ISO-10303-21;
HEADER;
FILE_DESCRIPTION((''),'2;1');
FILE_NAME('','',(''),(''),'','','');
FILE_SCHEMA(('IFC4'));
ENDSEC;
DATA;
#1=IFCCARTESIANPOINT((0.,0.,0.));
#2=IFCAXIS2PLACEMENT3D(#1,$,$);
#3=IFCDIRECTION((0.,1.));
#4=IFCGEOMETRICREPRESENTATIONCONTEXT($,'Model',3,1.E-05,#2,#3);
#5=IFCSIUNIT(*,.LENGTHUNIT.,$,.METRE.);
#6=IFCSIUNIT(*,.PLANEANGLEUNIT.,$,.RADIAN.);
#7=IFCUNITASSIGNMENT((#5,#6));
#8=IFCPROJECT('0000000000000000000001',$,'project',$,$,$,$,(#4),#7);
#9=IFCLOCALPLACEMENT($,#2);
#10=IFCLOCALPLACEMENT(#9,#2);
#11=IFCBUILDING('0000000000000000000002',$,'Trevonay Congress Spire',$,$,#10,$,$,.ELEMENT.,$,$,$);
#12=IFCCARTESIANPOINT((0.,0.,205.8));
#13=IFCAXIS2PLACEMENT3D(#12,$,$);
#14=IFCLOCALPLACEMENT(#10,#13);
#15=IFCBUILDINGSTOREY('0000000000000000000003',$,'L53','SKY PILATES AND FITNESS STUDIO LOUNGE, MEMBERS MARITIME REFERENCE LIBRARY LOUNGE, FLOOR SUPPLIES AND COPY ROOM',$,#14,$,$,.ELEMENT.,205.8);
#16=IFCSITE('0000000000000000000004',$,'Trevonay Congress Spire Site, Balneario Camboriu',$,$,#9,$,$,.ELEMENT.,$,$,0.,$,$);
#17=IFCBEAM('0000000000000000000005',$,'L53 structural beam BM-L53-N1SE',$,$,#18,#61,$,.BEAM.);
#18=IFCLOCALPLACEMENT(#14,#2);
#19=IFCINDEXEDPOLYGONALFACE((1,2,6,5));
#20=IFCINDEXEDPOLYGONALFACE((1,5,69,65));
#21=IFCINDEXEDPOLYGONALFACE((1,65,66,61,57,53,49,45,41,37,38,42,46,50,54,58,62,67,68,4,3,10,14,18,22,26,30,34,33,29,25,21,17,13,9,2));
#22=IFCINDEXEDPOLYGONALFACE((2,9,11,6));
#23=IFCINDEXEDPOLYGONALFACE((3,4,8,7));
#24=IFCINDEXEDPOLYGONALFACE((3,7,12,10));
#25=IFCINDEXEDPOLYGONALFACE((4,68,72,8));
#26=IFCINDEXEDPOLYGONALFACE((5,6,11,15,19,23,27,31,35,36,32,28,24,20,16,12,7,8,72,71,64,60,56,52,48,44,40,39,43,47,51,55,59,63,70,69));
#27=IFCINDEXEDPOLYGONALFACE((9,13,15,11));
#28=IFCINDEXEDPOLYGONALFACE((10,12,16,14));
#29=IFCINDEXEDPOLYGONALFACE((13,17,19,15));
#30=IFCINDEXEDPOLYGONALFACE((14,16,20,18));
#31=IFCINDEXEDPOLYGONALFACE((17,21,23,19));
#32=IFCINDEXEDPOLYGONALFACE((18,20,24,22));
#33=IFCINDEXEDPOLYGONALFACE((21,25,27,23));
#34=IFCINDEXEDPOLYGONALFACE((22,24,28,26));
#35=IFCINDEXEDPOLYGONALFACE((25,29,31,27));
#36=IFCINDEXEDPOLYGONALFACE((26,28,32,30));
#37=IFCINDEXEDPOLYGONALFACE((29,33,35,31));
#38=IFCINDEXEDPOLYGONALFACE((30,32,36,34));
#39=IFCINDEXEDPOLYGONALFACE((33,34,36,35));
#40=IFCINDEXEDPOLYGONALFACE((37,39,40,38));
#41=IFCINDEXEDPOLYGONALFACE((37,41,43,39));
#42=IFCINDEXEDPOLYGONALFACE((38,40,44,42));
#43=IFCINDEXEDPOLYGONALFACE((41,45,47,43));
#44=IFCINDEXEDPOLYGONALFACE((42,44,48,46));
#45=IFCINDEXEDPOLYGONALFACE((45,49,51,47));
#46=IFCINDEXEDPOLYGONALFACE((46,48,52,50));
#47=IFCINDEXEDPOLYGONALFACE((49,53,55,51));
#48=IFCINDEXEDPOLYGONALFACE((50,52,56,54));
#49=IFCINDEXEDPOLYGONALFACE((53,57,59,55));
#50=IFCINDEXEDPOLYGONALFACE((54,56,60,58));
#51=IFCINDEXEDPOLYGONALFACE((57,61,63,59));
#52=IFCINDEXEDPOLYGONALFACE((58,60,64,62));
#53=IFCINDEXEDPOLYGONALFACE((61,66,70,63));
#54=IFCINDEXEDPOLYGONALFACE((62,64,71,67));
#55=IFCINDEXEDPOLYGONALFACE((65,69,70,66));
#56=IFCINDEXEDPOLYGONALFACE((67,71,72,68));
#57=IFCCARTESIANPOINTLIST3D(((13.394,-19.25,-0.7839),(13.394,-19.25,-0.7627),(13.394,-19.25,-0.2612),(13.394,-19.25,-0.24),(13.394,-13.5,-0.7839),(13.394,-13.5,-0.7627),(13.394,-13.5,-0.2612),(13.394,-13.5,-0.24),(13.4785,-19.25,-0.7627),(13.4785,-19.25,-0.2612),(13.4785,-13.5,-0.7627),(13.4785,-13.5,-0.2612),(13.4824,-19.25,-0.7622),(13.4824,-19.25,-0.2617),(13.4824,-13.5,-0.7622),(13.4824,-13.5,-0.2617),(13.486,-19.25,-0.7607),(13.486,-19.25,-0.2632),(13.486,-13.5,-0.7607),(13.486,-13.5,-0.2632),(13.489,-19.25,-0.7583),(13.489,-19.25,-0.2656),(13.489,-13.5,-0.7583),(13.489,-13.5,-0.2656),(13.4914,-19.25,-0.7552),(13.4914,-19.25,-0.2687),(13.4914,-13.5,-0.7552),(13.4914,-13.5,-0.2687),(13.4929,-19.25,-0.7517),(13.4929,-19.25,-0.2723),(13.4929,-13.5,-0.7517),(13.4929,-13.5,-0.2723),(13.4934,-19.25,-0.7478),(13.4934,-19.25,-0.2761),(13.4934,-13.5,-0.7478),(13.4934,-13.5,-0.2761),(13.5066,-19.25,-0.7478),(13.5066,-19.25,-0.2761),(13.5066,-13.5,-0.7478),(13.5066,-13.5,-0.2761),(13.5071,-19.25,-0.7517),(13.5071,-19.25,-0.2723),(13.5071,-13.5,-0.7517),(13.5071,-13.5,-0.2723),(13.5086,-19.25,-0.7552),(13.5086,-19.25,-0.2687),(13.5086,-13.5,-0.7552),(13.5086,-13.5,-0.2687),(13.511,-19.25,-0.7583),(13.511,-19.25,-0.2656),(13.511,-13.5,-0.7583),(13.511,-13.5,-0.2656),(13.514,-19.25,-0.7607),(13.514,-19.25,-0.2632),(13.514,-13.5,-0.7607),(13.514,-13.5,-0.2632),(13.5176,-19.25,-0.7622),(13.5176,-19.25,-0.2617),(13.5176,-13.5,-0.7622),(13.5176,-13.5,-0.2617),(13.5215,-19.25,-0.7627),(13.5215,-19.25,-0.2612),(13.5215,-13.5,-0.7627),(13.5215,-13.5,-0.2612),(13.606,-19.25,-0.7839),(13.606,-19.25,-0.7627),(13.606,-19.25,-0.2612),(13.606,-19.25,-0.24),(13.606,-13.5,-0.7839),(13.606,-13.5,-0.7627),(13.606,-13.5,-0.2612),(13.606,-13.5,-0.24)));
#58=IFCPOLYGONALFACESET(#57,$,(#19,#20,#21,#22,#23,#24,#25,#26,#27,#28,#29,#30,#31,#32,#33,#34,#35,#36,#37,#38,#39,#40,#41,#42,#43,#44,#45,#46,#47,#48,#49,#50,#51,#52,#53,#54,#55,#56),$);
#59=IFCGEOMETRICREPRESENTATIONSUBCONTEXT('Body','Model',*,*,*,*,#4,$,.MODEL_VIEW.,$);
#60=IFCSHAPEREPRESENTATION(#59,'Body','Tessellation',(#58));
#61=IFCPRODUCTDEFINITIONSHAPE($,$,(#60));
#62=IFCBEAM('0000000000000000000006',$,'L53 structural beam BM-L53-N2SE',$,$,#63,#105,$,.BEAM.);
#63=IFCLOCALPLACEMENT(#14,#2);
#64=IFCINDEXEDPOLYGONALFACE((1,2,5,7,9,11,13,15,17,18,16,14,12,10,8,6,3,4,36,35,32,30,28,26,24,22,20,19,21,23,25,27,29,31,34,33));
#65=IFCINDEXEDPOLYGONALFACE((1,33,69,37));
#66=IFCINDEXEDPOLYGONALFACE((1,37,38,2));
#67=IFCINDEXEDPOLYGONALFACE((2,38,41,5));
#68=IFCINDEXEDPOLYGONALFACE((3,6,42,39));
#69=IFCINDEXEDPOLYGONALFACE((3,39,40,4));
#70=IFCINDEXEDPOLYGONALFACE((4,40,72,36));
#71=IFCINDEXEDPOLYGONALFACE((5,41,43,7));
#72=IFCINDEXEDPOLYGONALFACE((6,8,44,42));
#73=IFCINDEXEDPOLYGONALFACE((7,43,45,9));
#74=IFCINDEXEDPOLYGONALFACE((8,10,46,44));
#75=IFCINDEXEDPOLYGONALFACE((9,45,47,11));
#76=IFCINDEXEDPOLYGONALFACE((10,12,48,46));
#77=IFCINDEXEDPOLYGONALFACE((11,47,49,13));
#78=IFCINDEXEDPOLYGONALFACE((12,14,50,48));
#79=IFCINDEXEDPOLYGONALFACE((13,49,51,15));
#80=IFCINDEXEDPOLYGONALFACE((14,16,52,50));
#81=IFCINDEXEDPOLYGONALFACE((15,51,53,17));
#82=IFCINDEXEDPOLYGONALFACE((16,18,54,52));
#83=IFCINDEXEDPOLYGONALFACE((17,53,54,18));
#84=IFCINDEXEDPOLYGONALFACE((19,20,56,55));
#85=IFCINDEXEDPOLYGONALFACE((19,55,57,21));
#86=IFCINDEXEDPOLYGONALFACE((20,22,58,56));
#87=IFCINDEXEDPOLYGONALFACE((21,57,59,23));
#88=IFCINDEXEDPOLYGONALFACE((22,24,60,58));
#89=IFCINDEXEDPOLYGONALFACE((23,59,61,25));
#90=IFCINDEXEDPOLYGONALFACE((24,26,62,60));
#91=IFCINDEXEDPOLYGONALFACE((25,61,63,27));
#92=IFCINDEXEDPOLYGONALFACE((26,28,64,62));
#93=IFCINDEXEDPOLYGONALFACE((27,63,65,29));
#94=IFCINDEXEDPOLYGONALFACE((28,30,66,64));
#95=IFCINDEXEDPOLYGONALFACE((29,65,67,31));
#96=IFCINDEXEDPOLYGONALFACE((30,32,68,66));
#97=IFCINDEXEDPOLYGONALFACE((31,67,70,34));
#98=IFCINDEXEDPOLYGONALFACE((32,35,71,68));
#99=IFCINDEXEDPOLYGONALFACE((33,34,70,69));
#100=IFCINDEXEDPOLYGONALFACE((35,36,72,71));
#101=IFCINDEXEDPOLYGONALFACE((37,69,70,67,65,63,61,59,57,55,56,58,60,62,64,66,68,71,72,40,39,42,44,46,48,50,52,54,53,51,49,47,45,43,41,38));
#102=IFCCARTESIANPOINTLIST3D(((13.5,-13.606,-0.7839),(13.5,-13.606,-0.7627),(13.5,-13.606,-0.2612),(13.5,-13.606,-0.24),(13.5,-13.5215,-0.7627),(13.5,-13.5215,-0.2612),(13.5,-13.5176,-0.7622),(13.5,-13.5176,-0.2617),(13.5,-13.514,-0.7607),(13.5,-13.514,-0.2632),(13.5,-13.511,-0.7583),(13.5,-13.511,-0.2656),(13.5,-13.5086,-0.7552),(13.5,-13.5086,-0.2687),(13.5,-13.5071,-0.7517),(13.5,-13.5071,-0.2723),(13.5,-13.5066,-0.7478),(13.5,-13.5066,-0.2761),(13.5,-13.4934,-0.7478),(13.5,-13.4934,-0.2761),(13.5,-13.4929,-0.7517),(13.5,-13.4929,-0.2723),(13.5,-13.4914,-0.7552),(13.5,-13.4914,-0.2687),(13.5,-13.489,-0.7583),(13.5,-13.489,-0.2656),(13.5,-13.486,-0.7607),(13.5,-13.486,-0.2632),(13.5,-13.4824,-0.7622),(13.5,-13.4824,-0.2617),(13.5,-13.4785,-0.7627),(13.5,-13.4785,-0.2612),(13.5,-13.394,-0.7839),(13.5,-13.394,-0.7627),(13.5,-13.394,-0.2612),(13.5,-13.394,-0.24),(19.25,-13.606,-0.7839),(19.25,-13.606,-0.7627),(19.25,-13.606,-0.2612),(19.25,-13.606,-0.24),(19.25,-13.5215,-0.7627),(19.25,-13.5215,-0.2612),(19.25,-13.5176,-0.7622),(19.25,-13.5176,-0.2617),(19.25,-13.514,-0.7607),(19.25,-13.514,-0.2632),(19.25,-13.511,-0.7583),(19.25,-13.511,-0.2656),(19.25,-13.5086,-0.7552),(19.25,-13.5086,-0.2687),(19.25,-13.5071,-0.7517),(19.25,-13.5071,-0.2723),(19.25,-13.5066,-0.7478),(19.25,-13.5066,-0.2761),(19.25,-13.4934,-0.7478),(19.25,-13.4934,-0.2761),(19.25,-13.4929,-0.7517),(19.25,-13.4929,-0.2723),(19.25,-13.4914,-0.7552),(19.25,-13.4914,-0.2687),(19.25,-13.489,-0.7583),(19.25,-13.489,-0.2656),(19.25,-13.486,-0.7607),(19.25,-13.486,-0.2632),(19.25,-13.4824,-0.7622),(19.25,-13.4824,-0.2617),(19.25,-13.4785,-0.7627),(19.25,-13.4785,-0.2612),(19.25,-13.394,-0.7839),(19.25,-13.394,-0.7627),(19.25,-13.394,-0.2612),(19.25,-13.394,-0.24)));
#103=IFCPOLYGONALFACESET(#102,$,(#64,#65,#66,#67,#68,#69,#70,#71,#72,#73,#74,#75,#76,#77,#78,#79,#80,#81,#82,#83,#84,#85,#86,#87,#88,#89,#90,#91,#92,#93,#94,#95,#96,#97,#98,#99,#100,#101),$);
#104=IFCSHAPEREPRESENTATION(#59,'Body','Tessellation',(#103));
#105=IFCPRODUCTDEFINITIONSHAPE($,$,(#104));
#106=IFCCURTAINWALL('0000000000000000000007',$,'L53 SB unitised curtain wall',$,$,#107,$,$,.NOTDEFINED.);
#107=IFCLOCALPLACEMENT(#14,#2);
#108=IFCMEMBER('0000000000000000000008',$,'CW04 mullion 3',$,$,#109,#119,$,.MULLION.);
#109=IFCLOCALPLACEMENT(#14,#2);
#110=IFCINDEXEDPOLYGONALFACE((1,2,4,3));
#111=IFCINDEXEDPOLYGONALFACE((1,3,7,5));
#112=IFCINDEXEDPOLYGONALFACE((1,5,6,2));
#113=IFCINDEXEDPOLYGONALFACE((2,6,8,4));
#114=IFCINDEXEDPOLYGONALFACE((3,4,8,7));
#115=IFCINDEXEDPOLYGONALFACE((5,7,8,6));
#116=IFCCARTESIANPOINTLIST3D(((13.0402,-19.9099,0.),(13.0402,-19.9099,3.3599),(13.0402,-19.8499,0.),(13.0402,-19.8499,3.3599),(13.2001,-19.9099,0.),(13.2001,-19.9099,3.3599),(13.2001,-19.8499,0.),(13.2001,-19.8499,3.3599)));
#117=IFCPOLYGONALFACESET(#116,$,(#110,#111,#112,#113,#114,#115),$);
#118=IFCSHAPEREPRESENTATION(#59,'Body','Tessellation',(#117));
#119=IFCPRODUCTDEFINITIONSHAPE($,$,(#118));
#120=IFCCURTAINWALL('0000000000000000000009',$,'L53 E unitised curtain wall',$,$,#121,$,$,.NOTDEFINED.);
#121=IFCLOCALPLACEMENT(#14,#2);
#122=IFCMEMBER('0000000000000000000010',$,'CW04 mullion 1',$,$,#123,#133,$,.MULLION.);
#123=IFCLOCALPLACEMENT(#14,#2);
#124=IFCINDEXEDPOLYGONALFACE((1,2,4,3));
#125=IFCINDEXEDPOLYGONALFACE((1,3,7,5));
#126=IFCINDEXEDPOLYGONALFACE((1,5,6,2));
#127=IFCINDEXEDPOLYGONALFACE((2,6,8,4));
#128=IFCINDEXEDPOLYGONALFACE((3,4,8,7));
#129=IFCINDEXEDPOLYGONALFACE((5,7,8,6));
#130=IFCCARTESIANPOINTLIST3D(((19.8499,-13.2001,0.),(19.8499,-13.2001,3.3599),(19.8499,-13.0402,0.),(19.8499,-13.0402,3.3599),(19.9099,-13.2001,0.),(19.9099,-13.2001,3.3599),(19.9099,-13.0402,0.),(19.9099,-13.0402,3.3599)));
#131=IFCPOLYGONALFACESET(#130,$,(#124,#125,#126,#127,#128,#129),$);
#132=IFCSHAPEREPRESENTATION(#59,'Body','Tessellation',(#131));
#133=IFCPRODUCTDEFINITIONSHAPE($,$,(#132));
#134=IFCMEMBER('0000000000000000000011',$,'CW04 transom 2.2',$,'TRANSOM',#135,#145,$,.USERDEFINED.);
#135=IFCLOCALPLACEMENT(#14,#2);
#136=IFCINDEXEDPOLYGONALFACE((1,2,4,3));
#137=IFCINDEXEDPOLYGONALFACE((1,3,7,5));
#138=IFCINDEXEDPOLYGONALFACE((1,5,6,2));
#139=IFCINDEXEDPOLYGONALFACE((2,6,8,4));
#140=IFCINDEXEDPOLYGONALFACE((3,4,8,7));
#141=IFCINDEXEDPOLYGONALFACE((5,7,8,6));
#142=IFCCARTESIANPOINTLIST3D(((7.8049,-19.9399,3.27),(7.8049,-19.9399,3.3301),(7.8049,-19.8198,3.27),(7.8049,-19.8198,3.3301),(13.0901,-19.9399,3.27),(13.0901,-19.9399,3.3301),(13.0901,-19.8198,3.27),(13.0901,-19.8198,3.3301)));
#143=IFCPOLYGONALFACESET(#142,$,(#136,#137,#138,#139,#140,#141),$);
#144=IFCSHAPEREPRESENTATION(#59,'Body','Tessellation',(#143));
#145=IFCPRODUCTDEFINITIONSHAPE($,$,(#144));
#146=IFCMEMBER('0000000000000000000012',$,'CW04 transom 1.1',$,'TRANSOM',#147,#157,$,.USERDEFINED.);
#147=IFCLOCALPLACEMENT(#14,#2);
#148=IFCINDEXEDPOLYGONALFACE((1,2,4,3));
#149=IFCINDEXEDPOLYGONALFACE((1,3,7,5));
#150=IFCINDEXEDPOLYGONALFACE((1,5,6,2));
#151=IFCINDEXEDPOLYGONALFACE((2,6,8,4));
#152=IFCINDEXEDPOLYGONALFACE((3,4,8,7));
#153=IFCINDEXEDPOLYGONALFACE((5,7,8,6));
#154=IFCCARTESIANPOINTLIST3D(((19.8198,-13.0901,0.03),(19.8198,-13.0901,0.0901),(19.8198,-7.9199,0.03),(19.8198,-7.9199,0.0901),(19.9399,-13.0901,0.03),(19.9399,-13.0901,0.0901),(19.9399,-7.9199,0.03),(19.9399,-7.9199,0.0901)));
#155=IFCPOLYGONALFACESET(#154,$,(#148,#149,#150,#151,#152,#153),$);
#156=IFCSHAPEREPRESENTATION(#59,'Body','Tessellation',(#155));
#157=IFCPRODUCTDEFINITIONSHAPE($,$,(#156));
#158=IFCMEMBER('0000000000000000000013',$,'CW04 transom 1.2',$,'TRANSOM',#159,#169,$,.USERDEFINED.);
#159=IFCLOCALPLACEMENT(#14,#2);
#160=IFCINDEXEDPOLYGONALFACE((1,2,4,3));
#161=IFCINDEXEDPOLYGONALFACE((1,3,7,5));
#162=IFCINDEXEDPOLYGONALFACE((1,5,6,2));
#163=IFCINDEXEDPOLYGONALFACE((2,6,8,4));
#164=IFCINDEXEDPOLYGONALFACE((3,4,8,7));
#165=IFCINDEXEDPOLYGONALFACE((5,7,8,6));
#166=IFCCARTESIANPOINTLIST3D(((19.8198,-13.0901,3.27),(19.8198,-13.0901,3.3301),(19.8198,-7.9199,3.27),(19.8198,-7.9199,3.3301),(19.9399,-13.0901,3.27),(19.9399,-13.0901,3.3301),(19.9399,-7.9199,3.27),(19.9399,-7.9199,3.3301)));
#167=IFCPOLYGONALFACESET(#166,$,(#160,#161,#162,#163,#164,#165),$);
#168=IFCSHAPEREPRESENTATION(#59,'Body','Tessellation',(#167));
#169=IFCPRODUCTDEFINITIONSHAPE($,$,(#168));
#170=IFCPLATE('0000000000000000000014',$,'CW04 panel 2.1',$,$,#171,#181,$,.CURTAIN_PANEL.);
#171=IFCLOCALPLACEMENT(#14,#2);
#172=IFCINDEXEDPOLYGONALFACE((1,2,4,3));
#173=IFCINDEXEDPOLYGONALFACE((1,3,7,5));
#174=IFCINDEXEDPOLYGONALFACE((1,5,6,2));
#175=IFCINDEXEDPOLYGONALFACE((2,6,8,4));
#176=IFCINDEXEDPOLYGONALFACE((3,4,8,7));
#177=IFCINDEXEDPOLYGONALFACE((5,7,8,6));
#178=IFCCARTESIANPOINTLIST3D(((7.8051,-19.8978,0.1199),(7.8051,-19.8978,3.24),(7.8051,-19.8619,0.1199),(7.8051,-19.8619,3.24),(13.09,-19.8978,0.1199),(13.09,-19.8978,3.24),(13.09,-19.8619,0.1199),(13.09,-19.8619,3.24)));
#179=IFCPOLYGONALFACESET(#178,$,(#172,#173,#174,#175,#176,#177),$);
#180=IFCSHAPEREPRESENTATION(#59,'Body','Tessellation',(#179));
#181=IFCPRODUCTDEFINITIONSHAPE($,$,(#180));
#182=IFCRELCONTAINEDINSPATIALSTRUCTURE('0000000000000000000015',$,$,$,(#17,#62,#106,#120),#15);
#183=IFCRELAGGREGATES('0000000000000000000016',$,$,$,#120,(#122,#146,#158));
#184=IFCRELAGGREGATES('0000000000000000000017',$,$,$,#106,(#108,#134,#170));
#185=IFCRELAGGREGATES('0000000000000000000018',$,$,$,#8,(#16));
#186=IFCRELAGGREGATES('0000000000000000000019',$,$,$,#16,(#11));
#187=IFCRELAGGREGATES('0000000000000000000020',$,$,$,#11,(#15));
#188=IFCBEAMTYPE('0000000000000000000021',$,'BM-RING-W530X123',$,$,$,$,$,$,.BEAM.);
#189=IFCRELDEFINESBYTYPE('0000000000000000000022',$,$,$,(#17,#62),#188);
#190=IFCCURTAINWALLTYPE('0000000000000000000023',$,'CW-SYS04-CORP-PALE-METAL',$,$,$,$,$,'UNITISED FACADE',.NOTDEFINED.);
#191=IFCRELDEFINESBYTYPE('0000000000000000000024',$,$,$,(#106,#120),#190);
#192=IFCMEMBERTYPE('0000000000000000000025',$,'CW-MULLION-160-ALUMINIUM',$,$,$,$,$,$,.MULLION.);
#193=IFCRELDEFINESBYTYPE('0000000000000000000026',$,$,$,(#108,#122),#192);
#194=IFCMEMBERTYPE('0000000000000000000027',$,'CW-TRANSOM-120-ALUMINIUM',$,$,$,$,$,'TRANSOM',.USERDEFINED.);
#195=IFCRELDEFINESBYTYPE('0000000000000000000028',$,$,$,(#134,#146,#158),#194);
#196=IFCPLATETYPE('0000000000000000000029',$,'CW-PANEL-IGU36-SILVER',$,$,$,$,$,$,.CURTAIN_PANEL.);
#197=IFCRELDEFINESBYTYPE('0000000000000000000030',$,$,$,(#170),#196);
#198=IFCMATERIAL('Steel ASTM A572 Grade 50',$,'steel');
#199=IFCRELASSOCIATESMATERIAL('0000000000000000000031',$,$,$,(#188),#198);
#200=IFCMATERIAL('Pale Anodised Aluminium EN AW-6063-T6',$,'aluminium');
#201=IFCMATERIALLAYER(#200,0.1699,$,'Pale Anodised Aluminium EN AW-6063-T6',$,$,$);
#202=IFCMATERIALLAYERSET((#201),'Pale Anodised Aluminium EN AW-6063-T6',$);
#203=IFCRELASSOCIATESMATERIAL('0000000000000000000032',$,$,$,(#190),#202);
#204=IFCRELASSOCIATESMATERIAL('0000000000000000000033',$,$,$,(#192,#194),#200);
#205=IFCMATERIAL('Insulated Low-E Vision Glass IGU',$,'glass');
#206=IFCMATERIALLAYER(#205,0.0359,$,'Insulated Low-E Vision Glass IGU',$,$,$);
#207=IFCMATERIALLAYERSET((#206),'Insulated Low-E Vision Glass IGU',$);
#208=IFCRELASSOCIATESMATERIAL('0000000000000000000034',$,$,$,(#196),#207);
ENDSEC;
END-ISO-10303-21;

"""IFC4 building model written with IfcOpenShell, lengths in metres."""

from ifc_helpers import new_model, si_unit, direction, frame, origin, origin_2d, place, context, subcontext, project, spatial, rectangle, i_section, extrude, material, layer, layer_set, material_profile, profile_set, type_object, element, aggregate, save


model = new_model("IFC4")

# Units and contexts
model_context = context("Model", 3, precision=1e-05, world=origin(), true_north=direction((0.0, 1.0)))
body_context = subcontext(model_context, "Body", "Model", "MODEL_VIEW")
ifc_project = project(units=[si_unit("LENGTHUNIT", "METRE"), si_unit("PLANEANGLEUNIT", "RADIAN")], contexts=[model_context])

# Site, building, storey
site_placement = place(None, origin())
site = spatial("IfcSite", under=ifc_project, at=site_placement, Name="Trevonay Congress Spire Site, Balneario Camboriu", CompositionType="ELEMENT", RefElevation=0.0)
building_placement = place(site_placement, origin())
building = spatial("IfcBuilding", under=site, at=building_placement, Name="Trevonay Congress Spire", CompositionType="ELEMENT")
storey_placement = place(building_placement, frame((0.0, 0.0, 205.8)))
storey = spatial("IfcBuildingStorey", under=building, at=storey_placement, Name="L53", Description="SKY PILATES AND FITNESS STUDIO LOUNGE, MEMBERS MARITIME REFERENCE LIBRARY LOUNGE, FLOOR SUPPLIES AND COPY ROOM", CompositionType="ELEMENT", Elevation=205.8)

# Shared definitions
ifc_material_1 = material(Name="Steel ASTM A572 Grade 50", Category="steel")

# Beams
ifc_material_profile_1 = material_profile(ifc_material_1, i_section(OverallWidth=0.2119, OverallDepth=0.5439, WebThickness=0.0132, FlangeThickness=0.0212, FilletRadius=0.0149, at=origin_2d()), Name="W530x123")
ifc_profile_set_1 = profile_set([ifc_material_profile_1], Name="Steel ASTM A572 Grade 50")
beam_type = type_object("IfcBeamType", Name="BM-RING-W530X123", PredefinedType="BEAM", material=ifc_profile_set_1)
for number, where, z_axis, x_axis, name in (
    (1, (13.5, -19.25, -0.512), (0.0, 1.0, 0.0), (-1.0, 0.0, 0.0), "L53 structural beam BM-L53-N1SE"),
    (2, (19.25, -13.5, -0.512), (-1.0, 0.0, 0.0), (0.0, -1.0, 0.0), "L53 structural beam BM-L53-N2SE"),
):
    element("IfcBeam", number, at=place(storey_placement, frame(where, z_axis=z_axis, x_axis=x_axis)), inside=storey, type_object=beam_type, Name=name, PredefinedType="BEAM", context=body_context, shape_type="SweptSolid", body=[
        extrude(i_section(OverallWidth=0.2119, OverallDepth=0.5439, WebThickness=0.0132, FlangeThickness=0.0212, FilletRadius=0.0149, at=origin_2d()), origin(), (0.0, 0.0, 1.0), 5.75),
    ])

# Curtain walls, members
ifc_material_2 = material(Name="Pale Anodised Aluminium EN AW-6063-T6", Category="aluminium")
ifc_layer_1 = layer(ifc_material_2, 0.1699, Name="Pale Anodised Aluminium EN AW-6063-T6")
ifc_layer_set_1 = layer_set([ifc_layer_1], Name="Pale Anodised Aluminium EN AW-6063-T6")
curtain_wall_type = type_object("IfcCurtainWallType", Name="CW-SYS04-CORP-PALE-METAL", ElementType="UNITISED FACADE", PredefinedType="NOTDEFINED", material=ifc_layer_set_1)
curtain_wall_1_placement = place(storey_placement, origin())
curtain_wall_1 = element("IfcCurtainWall", 3, at=curtain_wall_1_placement, inside=storey, type_object=curtain_wall_type, Name="L53 SB unitised curtain wall", PredefinedType="NOTDEFINED")
ifc_material_profile_2 = material_profile(ifc_material_2, rectangle(XDim=0.0601, YDim=0.1599, at=origin_2d()), Name="CW-MULLION-160-ALUMINIUM")
ifc_profile_set_2 = profile_set([ifc_material_profile_2], Name="Pale Anodised Aluminium EN AW-6063-T6")
member_type_1 = type_object("IfcMemberType", Name="CW-MULLION-160-ALUMINIUM", PredefinedType="MULLION", material=ifc_profile_set_2)
member_1_placement = place(storey_placement, frame((13.1201, -19.8799, 0.0), z_axis=(0.0, 0.0, 1.0), x_axis=(0.0, 1.0, 0.0)))
member_1 = element("IfcMember", 4, at=member_1_placement, type_object=member_type_1, Name="CW04 mullion 3", PredefinedType="MULLION", context=body_context, shape_type="SweptSolid", body=[
    extrude(rectangle(XDim=0.0601, YDim=0.1599, at=origin_2d()), origin(), (0.0, 0.0, 1.0), 3.3599),
])
curtain_wall_2_placement = place(storey_placement, origin())
curtain_wall_2 = element("IfcCurtainWall", 5, at=curtain_wall_2_placement, inside=storey, type_object=curtain_wall_type, Name="L53 E unitised curtain wall", PredefinedType="NOTDEFINED")
member_2_placement = place(storey_placement, frame((19.8799, -13.1201, 0.0), z_axis=(0.0, 0.0, 1.0), x_axis=(-1.0, 0.0, 0.0)))
member_2 = element("IfcMember", 6, at=member_2_placement, type_object=member_type_1, Name="CW04 mullion 1", PredefinedType="MULLION", context=body_context, shape_type="SweptSolid", body=[
    extrude(rectangle(XDim=0.0601, YDim=0.1599, at=origin_2d()), origin(), (0.0, 0.0, 1.0), 3.3599),
])

# Members
ifc_material_profile_3 = material_profile(ifc_material_2, rectangle(XDim=0.1201, YDim=0.0601, at=origin_2d()), Name="CW-TRANSOM-120-ALUMINIUM")
ifc_profile_set_3 = profile_set([ifc_material_profile_3], Name="Pale Anodised Aluminium EN AW-6063-T6")
member_type_2 = type_object("IfcMemberType", Name="CW-TRANSOM-120-ALUMINIUM", ElementType="TRANSOM", PredefinedType="USERDEFINED", material=ifc_profile_set_3)
member_3_placement = place(storey_placement, frame((7.8049, -19.8799, 3.3), z_axis=(1.0, 0.0, 0.0), x_axis=(0.0, 1.0, 0.0)))
member_3 = element("IfcMember", 7, at=member_3_placement, type_object=member_type_2, Name="CW04 transom 2.2", ObjectType="TRANSOM", PredefinedType="USERDEFINED", context=body_context, shape_type="SweptSolid", body=[
    extrude(rectangle(XDim=0.1201, YDim=0.0601, at=origin_2d()), origin(), (0.0, 0.0, 1.0), 5.2852),
])
member_4_placement = place(storey_placement, frame((19.8799, -13.0901, 0.0601), z_axis=(0.0, 1.0, 0.0), x_axis=(-1.0, 0.0, 0.0)))
member_4 = element("IfcMember", 8, at=member_4_placement, type_object=member_type_2, Name="CW04 transom 1.1", ObjectType="TRANSOM", PredefinedType="USERDEFINED", context=body_context, shape_type="SweptSolid", body=[
    extrude(rectangle(XDim=0.1201, YDim=0.0601, at=origin_2d()), origin(), (0.0, 0.0, 1.0), 5.1702),
])
member_5_placement = place(storey_placement, frame((19.8799, -13.0901, 3.3), z_axis=(0.0, 1.0, 0.0), x_axis=(-1.0, 0.0, 0.0)))
member_5 = element("IfcMember", 9, at=member_5_placement, type_object=member_type_2, Name="CW04 transom 1.2", ObjectType="TRANSOM", PredefinedType="USERDEFINED", context=body_context, shape_type="SweptSolid", body=[
    extrude(rectangle(XDim=0.1201, YDim=0.0601, at=origin_2d()), origin(), (0.0, 0.0, 1.0), 5.1702),
])
aggregate(curtain_wall_2, [member_2, member_4, member_5])

# Plate
ifc_material_3 = material(Name="Insulated Low-E Vision Glass IGU", Category="glass")
ifc_layer_2 = layer(ifc_material_3, 0.0359, Name="Insulated Low-E Vision Glass IGU")
ifc_layer_set_2 = layer_set([ifc_layer_2], Name="Insulated Low-E Vision Glass IGU")
plate_type = type_object("IfcPlateType", Name="CW-PANEL-IGU36-SILVER", PredefinedType="CURTAIN_PANEL", material=ifc_layer_set_2)
plate_placement = place(storey_placement, frame((10.4475, -19.8799, 0.1199), z_axis=(0.0, 0.0, 1.0), x_axis=(1.0, 0.0, 0.0)))
plate = element("IfcPlate", 10, at=plate_placement, type_object=plate_type, Name="CW04 panel 2.1", PredefinedType="CURTAIN_PANEL", context=body_context, shape_type="SweptSolid", body=[
    extrude(rectangle(XDim=5.2849, YDim=0.0359, at=origin_2d()), origin(), (0.0, 0.0, 1.0), 3.1201),
])
aggregate(curtain_wall_1, [member_1, member_3, plate])

save(model, "model.ifc")
